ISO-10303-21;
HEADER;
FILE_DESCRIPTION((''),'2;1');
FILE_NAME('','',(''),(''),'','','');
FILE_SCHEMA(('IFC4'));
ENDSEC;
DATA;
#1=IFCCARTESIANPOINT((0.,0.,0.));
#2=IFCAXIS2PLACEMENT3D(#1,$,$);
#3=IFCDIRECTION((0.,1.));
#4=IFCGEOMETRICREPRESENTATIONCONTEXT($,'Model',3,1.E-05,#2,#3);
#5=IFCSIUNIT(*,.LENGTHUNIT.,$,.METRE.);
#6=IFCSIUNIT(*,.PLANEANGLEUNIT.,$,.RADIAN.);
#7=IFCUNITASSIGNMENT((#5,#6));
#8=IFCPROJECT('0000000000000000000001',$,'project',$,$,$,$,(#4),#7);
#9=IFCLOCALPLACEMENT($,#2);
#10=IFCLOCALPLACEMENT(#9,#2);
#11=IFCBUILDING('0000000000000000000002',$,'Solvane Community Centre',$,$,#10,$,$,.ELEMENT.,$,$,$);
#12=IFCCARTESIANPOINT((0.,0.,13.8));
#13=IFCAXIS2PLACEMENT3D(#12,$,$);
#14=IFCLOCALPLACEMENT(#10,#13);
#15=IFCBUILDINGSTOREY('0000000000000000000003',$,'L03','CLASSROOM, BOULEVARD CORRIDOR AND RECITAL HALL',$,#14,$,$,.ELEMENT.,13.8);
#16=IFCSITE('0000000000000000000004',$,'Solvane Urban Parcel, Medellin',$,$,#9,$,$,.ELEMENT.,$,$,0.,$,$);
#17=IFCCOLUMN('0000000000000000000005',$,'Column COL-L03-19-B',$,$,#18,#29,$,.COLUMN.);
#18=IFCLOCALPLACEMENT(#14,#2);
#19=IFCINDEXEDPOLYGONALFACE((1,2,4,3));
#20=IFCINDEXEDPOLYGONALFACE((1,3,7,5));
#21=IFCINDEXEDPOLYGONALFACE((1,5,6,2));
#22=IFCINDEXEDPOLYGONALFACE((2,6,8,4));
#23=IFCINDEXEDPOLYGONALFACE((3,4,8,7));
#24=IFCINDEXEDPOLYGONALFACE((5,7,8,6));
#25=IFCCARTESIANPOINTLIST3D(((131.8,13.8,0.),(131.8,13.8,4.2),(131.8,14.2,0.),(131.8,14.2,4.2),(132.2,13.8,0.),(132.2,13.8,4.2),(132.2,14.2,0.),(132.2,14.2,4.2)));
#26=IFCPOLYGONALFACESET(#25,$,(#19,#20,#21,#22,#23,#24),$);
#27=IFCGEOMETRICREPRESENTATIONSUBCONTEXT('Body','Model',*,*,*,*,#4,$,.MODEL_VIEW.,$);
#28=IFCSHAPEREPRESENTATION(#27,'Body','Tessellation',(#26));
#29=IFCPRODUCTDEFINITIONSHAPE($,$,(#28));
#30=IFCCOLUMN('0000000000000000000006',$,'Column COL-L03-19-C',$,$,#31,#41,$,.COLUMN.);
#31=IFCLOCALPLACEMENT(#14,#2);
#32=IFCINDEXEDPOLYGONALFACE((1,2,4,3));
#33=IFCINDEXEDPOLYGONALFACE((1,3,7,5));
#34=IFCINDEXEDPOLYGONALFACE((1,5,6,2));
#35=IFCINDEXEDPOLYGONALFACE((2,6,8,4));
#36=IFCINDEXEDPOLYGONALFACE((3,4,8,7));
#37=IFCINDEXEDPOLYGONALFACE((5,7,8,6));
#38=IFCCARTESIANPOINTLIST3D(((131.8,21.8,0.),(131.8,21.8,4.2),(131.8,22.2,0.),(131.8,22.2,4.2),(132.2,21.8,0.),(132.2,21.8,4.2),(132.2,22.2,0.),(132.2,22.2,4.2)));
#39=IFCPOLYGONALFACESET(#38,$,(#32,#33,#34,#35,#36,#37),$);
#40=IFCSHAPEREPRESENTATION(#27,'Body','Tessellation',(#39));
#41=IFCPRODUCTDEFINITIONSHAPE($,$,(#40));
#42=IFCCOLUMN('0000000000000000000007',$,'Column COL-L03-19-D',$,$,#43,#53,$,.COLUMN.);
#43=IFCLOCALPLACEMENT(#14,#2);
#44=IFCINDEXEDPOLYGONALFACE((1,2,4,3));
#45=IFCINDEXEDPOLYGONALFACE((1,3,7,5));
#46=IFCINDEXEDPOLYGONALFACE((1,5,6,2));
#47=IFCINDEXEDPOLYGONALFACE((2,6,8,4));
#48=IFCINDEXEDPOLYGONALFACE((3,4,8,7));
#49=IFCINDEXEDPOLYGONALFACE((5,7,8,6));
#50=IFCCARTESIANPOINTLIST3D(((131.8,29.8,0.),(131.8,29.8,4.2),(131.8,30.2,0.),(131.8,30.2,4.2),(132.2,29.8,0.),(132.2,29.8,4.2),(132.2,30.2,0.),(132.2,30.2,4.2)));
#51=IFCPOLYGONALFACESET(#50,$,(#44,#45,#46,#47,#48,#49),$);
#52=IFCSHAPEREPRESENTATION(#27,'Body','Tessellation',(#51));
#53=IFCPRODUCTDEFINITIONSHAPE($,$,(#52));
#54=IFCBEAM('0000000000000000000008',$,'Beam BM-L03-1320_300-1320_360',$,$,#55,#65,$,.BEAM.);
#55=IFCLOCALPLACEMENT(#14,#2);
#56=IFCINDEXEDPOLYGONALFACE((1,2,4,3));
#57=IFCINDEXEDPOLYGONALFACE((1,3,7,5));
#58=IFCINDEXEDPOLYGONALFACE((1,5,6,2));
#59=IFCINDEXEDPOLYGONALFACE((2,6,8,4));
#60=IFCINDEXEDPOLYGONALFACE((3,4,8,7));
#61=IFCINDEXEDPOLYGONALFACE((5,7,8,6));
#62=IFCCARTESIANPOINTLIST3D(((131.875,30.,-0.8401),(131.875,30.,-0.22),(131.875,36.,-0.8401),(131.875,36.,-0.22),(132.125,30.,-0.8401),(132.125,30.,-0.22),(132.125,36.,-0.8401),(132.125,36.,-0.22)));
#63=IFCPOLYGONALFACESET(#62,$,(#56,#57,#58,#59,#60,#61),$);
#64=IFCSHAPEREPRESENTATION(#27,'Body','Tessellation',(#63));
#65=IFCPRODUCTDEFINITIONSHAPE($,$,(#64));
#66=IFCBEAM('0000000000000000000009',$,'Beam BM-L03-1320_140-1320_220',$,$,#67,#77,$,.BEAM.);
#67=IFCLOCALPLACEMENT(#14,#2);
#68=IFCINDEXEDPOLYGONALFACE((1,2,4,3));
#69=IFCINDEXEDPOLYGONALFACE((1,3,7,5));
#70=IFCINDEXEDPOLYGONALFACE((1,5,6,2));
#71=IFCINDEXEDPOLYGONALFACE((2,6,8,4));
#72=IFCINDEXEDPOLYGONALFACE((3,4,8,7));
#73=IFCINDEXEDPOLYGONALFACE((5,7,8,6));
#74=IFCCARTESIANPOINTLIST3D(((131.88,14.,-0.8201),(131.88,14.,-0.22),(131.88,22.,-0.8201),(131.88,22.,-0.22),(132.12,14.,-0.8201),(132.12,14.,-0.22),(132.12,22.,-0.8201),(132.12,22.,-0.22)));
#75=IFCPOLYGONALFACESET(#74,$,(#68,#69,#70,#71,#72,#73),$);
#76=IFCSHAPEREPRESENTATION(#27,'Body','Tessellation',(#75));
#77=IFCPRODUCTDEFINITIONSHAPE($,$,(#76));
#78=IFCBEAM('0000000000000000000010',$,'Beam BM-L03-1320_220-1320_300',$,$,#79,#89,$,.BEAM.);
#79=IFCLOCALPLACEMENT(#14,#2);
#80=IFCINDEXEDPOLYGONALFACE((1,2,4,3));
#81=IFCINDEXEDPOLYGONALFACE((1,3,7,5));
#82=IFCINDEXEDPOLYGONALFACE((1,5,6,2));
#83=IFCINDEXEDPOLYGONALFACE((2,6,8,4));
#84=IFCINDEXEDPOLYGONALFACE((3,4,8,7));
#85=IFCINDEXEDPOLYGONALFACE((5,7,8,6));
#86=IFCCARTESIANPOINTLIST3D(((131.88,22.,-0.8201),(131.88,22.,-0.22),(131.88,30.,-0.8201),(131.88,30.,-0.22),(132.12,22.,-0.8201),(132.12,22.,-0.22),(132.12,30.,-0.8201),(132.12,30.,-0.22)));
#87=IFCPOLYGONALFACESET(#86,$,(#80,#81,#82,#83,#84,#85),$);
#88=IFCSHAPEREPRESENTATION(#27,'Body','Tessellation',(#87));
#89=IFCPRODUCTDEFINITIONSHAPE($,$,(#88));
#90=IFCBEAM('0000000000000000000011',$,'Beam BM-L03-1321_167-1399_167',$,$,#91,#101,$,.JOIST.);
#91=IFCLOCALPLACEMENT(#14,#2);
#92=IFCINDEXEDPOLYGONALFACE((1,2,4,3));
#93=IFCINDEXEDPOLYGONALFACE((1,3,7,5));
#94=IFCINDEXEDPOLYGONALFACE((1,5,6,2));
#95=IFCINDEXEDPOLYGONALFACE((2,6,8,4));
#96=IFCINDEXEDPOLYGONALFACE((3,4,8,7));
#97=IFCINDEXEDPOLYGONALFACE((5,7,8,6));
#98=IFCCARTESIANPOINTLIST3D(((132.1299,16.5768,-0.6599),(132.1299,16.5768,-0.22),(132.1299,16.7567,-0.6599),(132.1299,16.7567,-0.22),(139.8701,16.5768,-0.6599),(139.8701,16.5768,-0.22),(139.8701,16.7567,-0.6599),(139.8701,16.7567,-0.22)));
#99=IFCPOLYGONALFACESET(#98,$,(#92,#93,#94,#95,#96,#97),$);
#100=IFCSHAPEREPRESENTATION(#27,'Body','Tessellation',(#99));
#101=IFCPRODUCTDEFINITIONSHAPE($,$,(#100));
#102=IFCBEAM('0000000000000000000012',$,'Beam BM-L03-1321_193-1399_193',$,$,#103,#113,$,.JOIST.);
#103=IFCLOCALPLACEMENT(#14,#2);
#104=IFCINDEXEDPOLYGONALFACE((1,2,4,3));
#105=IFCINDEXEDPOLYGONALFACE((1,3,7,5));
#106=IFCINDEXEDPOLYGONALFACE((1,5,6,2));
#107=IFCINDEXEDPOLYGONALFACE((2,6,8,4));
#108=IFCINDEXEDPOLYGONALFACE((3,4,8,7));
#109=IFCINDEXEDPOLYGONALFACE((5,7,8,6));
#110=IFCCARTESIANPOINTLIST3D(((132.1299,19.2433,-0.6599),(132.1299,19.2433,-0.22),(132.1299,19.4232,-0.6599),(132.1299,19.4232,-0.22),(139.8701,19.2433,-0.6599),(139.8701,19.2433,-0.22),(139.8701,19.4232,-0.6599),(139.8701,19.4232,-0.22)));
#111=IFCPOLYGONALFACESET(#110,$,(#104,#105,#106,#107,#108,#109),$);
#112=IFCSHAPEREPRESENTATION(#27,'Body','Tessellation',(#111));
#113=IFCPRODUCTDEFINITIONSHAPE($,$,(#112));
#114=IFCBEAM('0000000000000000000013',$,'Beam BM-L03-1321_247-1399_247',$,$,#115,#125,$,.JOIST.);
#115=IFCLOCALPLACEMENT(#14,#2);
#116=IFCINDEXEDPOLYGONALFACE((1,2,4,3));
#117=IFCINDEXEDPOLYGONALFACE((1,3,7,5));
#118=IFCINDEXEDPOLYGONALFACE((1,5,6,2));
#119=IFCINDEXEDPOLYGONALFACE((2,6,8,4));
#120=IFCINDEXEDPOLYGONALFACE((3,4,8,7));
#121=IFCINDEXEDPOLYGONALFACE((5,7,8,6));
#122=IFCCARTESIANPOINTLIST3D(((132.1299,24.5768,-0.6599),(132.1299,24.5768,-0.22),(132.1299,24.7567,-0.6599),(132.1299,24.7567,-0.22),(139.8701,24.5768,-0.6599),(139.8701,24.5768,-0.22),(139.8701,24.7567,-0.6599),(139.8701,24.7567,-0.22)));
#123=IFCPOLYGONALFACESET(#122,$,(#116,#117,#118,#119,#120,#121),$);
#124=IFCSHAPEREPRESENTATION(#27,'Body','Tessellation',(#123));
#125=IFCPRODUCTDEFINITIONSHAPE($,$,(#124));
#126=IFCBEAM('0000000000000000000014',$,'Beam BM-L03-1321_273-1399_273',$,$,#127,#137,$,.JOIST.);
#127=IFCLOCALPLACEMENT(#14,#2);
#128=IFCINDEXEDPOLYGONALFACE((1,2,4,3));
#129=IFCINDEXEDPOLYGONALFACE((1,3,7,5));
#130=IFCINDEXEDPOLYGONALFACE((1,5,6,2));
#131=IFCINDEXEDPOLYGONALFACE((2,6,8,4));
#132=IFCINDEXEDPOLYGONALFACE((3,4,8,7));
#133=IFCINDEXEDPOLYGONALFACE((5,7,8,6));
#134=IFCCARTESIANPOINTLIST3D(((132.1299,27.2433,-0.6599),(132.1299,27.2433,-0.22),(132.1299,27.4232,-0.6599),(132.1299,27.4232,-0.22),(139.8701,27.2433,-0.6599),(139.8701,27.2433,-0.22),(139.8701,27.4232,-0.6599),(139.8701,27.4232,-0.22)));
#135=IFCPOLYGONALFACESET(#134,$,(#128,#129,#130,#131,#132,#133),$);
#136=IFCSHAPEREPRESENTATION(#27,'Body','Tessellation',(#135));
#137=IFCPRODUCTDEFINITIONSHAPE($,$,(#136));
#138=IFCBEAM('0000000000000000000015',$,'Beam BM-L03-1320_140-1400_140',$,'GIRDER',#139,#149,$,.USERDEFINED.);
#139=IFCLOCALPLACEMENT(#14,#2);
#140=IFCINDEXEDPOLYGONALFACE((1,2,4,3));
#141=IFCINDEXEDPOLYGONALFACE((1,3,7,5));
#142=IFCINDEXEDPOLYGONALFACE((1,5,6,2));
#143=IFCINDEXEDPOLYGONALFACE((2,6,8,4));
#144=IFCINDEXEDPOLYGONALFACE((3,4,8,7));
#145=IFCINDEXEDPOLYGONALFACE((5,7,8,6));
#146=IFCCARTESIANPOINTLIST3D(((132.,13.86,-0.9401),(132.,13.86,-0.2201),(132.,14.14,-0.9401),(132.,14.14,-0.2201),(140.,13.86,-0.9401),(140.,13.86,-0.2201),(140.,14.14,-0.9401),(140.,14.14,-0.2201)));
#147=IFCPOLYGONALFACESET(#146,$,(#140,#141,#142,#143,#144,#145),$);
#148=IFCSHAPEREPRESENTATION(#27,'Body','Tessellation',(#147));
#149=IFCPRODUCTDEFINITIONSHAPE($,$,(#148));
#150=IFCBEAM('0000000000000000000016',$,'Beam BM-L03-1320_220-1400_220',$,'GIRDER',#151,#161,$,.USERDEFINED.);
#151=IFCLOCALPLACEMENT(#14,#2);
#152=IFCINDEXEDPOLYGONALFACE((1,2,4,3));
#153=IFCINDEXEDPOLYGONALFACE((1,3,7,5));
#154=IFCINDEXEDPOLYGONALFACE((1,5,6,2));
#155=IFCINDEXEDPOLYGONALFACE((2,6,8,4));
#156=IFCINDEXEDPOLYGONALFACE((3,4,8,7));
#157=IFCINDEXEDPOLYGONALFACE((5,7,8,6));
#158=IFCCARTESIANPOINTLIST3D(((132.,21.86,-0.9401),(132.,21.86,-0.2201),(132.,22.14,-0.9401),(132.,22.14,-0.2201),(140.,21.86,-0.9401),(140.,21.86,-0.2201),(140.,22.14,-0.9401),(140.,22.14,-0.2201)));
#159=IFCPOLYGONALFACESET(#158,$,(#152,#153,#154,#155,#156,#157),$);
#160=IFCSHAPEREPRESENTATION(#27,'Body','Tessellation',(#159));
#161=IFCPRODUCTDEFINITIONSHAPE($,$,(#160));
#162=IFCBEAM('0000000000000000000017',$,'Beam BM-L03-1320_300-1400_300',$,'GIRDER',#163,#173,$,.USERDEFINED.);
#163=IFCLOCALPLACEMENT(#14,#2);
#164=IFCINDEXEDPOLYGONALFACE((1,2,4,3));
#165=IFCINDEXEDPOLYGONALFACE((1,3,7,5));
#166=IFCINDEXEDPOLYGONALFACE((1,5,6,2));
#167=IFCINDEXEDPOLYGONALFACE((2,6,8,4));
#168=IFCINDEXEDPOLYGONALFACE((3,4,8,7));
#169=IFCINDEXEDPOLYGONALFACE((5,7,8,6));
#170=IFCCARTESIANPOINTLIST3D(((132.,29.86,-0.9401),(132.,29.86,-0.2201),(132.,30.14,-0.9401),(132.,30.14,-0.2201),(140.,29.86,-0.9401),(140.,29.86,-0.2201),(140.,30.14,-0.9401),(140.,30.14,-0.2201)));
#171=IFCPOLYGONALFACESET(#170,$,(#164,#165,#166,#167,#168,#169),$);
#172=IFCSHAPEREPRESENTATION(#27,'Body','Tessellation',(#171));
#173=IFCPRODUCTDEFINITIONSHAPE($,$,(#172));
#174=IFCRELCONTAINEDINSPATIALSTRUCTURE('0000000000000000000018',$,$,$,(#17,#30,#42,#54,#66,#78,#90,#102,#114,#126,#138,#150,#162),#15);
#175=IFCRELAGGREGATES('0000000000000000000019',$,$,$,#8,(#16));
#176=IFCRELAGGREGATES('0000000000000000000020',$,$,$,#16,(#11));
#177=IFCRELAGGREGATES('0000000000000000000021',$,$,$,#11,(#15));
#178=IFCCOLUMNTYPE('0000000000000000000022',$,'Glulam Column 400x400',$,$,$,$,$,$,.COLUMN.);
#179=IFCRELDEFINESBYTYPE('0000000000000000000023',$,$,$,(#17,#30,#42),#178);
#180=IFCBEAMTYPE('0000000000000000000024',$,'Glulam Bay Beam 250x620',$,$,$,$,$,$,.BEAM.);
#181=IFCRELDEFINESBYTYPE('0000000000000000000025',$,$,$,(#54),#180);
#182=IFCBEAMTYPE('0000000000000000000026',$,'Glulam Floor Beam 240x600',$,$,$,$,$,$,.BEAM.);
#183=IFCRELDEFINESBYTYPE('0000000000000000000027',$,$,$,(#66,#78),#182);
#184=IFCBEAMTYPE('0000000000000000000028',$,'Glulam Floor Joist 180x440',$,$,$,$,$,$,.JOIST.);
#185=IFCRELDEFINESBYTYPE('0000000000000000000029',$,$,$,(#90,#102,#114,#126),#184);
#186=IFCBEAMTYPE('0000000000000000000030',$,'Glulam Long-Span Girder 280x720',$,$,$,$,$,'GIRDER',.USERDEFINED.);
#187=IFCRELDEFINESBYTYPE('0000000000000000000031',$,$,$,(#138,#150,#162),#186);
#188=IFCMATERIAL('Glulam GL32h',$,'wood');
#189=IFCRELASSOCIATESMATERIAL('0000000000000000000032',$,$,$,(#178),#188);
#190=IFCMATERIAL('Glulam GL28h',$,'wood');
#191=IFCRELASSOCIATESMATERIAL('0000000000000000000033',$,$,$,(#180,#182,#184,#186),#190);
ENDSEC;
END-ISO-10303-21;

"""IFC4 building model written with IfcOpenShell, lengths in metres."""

from ifc_helpers import new_model, si_unit, direction, frame, origin, origin_2d, place, context, subcontext, project, spatial, rectangle, extrude, material, material_profile, profile_set, type_object, element, save


model = new_model("IFC4")

# Units and contexts
model_context = context("Model", 3, precision=1e-05, world=origin(), true_north=direction((0.0, 1.0)))
body_context = subcontext(model_context, "Body", "Model", "MODEL_VIEW")
ifc_project = project(units=[si_unit("LENGTHUNIT", "METRE"), si_unit("PLANEANGLEUNIT", "RADIAN")], contexts=[model_context])

# Site, building, storey
site_placement = place(None, origin())
site = spatial("IfcSite", under=ifc_project, at=site_placement, Name="Solvane Urban Parcel, Medellin", CompositionType="ELEMENT", RefElevation=0.0)
building_placement = place(site_placement, origin())
building = spatial("IfcBuilding", under=site, at=building_placement, Name="Solvane Community Centre", CompositionType="ELEMENT")
storey_placement = place(building_placement, frame((0.0, 0.0, 13.8)))
storey = spatial("IfcBuildingStorey", under=building, at=storey_placement, Name="L03", Description="CLASSROOM, BOULEVARD CORRIDOR AND RECITAL HALL", CompositionType="ELEMENT", Elevation=13.8)

# Columns
ifc_material_1 = material(Name="Glulam GL32h", Category="wood")
ifc_material_profile_1 = material_profile(ifc_material_1, rectangle(XDim=0.3999, YDim=0.3999, at=origin_2d()), Name="GL32h 400x400")
ifc_profile_set_1 = profile_set([ifc_material_profile_1], Name="Glulam GL32h")
column_type = type_object("IfcColumnType", Name="Glulam Column 400x400", PredefinedType="COLUMN", material=ifc_profile_set_1)
for number, where, z_axis, x_axis, name in (
    (1, (132.0, 14.0, 0.0), (0.0, 0.0, 1.0), (1.0, 0.0, 0.0), "Column COL-L03-19-B"),
    (2, (132.0, 22.0, 0.0), (0.0, 0.0, 1.0), (1.0, 0.0, 0.0), "Column COL-L03-19-C"),
    (3, (132.0, 30.0, 0.0), (0.0, 0.0, 1.0), (1.0, 0.0, 0.0), "Column COL-L03-19-D"),
):
    element("IfcColumn", number, at=place(storey_placement, frame(where, z_axis=z_axis, x_axis=x_axis)), inside=storey, type_object=column_type, Name=name, PredefinedType="COLUMN", context=body_context, shape_type="SweptSolid", body=[
        extrude(rectangle(XDim=0.3999, YDim=0.3999, at=origin_2d()), origin(), (0.0, 0.0, 1.0), 4.2),
    ])

# Beams
ifc_material_2 = material(Name="Glulam GL28h", Category="wood")
ifc_material_profile_2 = material_profile(ifc_material_2, rectangle(XDim=0.25, YDim=0.6201, at=origin_2d()), Name="GL28h 250x620")
ifc_profile_set_2 = profile_set([ifc_material_profile_2], Name="Glulam GL28h")
beam_type_1 = type_object("IfcBeamType", Name="Glulam Bay Beam 250x620", PredefinedType="BEAM", material=ifc_profile_set_2)
beam_placement = place(storey_placement, frame((132.0, 30.0, -0.53), z_axis=(0.0, 1.0, 0.0), x_axis=(-1.0, 0.0, 0.0)))
element("IfcBeam", 4, at=beam_placement, inside=storey, type_object=beam_type_1, Name="Beam BM-L03-1320_300-1320_360", PredefinedType="BEAM", context=body_context, shape_type="SweptSolid", body=[
    extrude(rectangle(XDim=0.25, YDim=0.6201, at=origin_2d()), origin(), (0.0, 0.0, 1.0), 6.0),
])
ifc_material_profile_3 = material_profile(ifc_material_2, rectangle(XDim=0.24, YDim=0.6001, at=origin_2d()), Name="GL28h 240x600")
ifc_profile_set_3 = profile_set([ifc_material_profile_3], Name="Glulam GL28h")
beam_type_2 = type_object("IfcBeamType", Name="Glulam Floor Beam 240x600", PredefinedType="BEAM", material=ifc_profile_set_3)
for number, where, z_axis, x_axis, name in (
    (5, (132.0, 14.0, -0.52), (0.0, 1.0, 0.0), (-1.0, 0.0, 0.0), "Beam BM-L03-1320_140-1320_220"),
    (6, (132.0, 22.0, -0.52), (0.0, 1.0, 0.0), (-1.0, 0.0, 0.0), "Beam BM-L03-1320_220-1320_300"),
):
    element("IfcBeam", number, at=place(storey_placement, frame(where, z_axis=z_axis, x_axis=x_axis)), inside=storey, type_object=beam_type_2, Name=name, PredefinedType="BEAM", context=body_context, shape_type="SweptSolid", body=[
        extrude(rectangle(XDim=0.24, YDim=0.6001, at=origin_2d()), origin(), (0.0, 0.0, 1.0), 8.0),
    ])
ifc_material_profile_4 = material_profile(ifc_material_2, rectangle(XDim=0.1799, YDim=0.4399, at=origin_2d()), Name="GL28h 180x440")
ifc_profile_set_4 = profile_set([ifc_material_profile_4], Name="Glulam GL28h")
beam_type_3 = type_object("IfcBeamType", Name="Glulam Floor Joist 180x440", PredefinedType="JOIST", material=ifc_profile_set_4)
for number, where, z_axis, x_axis, name in (
    (7, (132.1299, 16.6667, -0.4399), (1.0, 0.0, 0.0), (0.0, 1.0, 0.0), "Beam BM-L03-1321_167-1399_167"),
    (8, (132.1299, 19.3333, -0.4399), (1.0, 0.0, 0.0), (0.0, 1.0, 0.0), "Beam BM-L03-1321_193-1399_193"),
    (9, (132.1299, 24.6667, -0.4399), (1.0, 0.0, 0.0), (0.0, 1.0, 0.0), "Beam BM-L03-1321_247-1399_247"),
    (10, (132.1299, 27.3333, -0.4399), (1.0, 0.0, 0.0), (0.0, 1.0, 0.0), "Beam BM-L03-1321_273-1399_273"),
):
    element("IfcBeam", number, at=place(storey_placement, frame(where, z_axis=z_axis, x_axis=x_axis)), inside=storey, type_object=beam_type_3, Name=name, PredefinedType="JOIST", context=body_context, shape_type="SweptSolid", body=[
        extrude(rectangle(XDim=0.1799, YDim=0.4399, at=origin_2d()), origin(), (0.0, 0.0, 1.0), 7.7402),
    ])
ifc_material_profile_5 = material_profile(ifc_material_2, rectangle(XDim=0.28, YDim=0.72, at=origin_2d()), Name="GL28h 280x720")
ifc_profile_set_5 = profile_set([ifc_material_profile_5], Name="Glulam GL28h")
beam_type_4 = type_object("IfcBeamType", Name="Glulam Long-Span Girder 280x720", ElementType="GIRDER", PredefinedType="USERDEFINED", material=ifc_profile_set_5)
for number, where, z_axis, x_axis, name in (
    (11, (132.0, 14.0, -0.5801), (1.0, 0.0, 0.0), (0.0, 1.0, 0.0), "Beam BM-L03-1320_140-1400_140"),
    (12, (132.0, 22.0, -0.5801), (1.0, 0.0, 0.0), (0.0, 1.0, 0.0), "Beam BM-L03-1320_220-1400_220"),
    (13, (132.0, 30.0, -0.5801), (1.0, 0.0, 0.0), (0.0, 1.0, 0.0), "Beam BM-L03-1320_300-1400_300"),
):
    element("IfcBeam", number, at=place(storey_placement, frame(where, z_axis=z_axis, x_axis=x_axis)), inside=storey, type_object=beam_type_4, Name=name, ObjectType="GIRDER", PredefinedType="USERDEFINED", context=body_context, shape_type="SweptSolid", body=[
        extrude(rectangle(XDim=0.28, YDim=0.72, at=origin_2d()), origin(), (0.0, 0.0, 1.0), 8.0),
    ])

save(model, "model.ifc")
